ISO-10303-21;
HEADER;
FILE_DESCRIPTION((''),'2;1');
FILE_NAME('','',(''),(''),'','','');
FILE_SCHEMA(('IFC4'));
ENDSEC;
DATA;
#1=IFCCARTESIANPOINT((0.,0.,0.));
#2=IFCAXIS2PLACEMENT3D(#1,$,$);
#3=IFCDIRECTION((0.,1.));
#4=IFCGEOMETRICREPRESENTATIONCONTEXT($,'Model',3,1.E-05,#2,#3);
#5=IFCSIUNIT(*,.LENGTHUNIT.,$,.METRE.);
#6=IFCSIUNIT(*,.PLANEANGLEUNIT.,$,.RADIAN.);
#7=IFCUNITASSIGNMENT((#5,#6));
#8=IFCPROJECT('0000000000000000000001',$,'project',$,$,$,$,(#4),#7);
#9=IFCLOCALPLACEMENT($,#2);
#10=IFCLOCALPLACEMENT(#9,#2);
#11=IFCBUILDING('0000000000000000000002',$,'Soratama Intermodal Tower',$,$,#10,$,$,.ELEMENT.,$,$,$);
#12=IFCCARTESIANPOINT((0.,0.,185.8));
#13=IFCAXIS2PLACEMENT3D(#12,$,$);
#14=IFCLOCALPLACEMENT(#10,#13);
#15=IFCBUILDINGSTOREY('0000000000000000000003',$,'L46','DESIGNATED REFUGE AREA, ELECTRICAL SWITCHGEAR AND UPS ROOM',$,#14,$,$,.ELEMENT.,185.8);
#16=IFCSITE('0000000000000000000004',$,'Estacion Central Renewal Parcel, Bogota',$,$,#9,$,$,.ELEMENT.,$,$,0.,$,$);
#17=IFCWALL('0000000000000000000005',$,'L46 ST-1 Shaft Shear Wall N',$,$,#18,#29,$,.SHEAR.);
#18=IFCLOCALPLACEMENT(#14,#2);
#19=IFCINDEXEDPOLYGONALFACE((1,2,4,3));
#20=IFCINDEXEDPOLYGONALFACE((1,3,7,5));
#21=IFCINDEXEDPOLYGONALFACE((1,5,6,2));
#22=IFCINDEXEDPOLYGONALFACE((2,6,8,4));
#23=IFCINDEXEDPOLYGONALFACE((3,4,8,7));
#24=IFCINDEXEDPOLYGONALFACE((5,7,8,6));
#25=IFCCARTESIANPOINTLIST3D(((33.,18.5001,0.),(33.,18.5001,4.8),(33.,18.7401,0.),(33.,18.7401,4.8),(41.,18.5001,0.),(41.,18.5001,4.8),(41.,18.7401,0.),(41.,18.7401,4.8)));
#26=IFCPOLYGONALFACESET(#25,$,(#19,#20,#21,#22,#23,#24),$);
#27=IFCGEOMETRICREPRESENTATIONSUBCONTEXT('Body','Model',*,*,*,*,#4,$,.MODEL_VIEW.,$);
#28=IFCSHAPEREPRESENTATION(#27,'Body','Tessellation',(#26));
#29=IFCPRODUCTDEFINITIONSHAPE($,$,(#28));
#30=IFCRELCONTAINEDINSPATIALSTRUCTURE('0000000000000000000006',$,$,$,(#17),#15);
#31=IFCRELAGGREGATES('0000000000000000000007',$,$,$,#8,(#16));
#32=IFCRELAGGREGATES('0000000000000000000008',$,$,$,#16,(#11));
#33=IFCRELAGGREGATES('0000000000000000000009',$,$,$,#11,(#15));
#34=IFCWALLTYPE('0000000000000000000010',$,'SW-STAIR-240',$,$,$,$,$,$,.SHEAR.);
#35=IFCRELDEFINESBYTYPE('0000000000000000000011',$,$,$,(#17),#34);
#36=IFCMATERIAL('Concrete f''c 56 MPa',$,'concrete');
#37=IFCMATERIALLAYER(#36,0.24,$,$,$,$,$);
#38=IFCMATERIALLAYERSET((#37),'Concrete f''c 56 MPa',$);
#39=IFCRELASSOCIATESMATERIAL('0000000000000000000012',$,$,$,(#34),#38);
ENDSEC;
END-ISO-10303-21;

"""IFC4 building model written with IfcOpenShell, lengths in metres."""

from ifc_helpers import new_model, si_unit, direction, frame, frame_2d, origin, place, context, subcontext, project, spatial, rectangle, extrude, material, layer, layer_set, type_object, element, save


model = new_model("IFC4")

# Units and contexts
model_context = context("Model", 3, precision=1e-05, world=origin(), true_north=direction((0.0, 1.0)))
body_context = subcontext(model_context, "Body", "Model", "MODEL_VIEW")
ifc_project = project(units=[si_unit("LENGTHUNIT", "METRE"), si_unit("PLANEANGLEUNIT", "RADIAN")], contexts=[model_context])

# Site, building, storey
site_placement = place(None, origin())
site = spatial("IfcSite", under=ifc_project, at=site_placement, Name="Estacion Central Renewal Parcel, Bogota", CompositionType="ELEMENT", RefElevation=0.0)
building_placement = place(site_placement, origin())
building = spatial("IfcBuilding", under=site, at=building_placement, Name="Soratama Intermodal Tower", CompositionType="ELEMENT")
storey_placement = place(building_placement, frame((0.0, 0.0, 185.8)))
storey = spatial("IfcBuildingStorey", under=building, at=storey_placement, Name="L46", Description="DESIGNATED REFUGE AREA, ELECTRICAL SWITCHGEAR AND UPS ROOM", CompositionType="ELEMENT", Elevation=185.8)

# Wall
ifc_material_1 = material(Name="Concrete f'c 56 MPa", Category="concrete")
ifc_layer_1 = layer(ifc_material_1, 0.24)
ifc_layer_set_1 = layer_set([ifc_layer_1], Name="Concrete f'c 56 MPa")
wall_type_1 = type_object("IfcWallType", Name="SW-STAIR-240", PredefinedType="SHEAR", material=ifc_layer_set_1)
for number, where, z_axis, x_axis, name in (
    (1, (33.0, 18.6201, 0.0), (0.0, 0.0, 1.0), (1.0, 0.0, 0.0), "L46 ST-1 Shaft Shear Wall N"),
):
    element("IfcWall", number, at=place(storey_placement, frame(where, z_axis=z_axis, x_axis=x_axis)), inside=storey, type_object=wall_type_1, Name=name, PredefinedType="SHEAR", context=body_context, shape_type="SweptSolid", body=[
        extrude(rectangle(XDim=8.0, YDim=0.24, at=frame_2d((4.0, 0.0))), origin(), (0.0, 0.0, 1.0), 4.8),
    ])

save(model, "model.ifc")
